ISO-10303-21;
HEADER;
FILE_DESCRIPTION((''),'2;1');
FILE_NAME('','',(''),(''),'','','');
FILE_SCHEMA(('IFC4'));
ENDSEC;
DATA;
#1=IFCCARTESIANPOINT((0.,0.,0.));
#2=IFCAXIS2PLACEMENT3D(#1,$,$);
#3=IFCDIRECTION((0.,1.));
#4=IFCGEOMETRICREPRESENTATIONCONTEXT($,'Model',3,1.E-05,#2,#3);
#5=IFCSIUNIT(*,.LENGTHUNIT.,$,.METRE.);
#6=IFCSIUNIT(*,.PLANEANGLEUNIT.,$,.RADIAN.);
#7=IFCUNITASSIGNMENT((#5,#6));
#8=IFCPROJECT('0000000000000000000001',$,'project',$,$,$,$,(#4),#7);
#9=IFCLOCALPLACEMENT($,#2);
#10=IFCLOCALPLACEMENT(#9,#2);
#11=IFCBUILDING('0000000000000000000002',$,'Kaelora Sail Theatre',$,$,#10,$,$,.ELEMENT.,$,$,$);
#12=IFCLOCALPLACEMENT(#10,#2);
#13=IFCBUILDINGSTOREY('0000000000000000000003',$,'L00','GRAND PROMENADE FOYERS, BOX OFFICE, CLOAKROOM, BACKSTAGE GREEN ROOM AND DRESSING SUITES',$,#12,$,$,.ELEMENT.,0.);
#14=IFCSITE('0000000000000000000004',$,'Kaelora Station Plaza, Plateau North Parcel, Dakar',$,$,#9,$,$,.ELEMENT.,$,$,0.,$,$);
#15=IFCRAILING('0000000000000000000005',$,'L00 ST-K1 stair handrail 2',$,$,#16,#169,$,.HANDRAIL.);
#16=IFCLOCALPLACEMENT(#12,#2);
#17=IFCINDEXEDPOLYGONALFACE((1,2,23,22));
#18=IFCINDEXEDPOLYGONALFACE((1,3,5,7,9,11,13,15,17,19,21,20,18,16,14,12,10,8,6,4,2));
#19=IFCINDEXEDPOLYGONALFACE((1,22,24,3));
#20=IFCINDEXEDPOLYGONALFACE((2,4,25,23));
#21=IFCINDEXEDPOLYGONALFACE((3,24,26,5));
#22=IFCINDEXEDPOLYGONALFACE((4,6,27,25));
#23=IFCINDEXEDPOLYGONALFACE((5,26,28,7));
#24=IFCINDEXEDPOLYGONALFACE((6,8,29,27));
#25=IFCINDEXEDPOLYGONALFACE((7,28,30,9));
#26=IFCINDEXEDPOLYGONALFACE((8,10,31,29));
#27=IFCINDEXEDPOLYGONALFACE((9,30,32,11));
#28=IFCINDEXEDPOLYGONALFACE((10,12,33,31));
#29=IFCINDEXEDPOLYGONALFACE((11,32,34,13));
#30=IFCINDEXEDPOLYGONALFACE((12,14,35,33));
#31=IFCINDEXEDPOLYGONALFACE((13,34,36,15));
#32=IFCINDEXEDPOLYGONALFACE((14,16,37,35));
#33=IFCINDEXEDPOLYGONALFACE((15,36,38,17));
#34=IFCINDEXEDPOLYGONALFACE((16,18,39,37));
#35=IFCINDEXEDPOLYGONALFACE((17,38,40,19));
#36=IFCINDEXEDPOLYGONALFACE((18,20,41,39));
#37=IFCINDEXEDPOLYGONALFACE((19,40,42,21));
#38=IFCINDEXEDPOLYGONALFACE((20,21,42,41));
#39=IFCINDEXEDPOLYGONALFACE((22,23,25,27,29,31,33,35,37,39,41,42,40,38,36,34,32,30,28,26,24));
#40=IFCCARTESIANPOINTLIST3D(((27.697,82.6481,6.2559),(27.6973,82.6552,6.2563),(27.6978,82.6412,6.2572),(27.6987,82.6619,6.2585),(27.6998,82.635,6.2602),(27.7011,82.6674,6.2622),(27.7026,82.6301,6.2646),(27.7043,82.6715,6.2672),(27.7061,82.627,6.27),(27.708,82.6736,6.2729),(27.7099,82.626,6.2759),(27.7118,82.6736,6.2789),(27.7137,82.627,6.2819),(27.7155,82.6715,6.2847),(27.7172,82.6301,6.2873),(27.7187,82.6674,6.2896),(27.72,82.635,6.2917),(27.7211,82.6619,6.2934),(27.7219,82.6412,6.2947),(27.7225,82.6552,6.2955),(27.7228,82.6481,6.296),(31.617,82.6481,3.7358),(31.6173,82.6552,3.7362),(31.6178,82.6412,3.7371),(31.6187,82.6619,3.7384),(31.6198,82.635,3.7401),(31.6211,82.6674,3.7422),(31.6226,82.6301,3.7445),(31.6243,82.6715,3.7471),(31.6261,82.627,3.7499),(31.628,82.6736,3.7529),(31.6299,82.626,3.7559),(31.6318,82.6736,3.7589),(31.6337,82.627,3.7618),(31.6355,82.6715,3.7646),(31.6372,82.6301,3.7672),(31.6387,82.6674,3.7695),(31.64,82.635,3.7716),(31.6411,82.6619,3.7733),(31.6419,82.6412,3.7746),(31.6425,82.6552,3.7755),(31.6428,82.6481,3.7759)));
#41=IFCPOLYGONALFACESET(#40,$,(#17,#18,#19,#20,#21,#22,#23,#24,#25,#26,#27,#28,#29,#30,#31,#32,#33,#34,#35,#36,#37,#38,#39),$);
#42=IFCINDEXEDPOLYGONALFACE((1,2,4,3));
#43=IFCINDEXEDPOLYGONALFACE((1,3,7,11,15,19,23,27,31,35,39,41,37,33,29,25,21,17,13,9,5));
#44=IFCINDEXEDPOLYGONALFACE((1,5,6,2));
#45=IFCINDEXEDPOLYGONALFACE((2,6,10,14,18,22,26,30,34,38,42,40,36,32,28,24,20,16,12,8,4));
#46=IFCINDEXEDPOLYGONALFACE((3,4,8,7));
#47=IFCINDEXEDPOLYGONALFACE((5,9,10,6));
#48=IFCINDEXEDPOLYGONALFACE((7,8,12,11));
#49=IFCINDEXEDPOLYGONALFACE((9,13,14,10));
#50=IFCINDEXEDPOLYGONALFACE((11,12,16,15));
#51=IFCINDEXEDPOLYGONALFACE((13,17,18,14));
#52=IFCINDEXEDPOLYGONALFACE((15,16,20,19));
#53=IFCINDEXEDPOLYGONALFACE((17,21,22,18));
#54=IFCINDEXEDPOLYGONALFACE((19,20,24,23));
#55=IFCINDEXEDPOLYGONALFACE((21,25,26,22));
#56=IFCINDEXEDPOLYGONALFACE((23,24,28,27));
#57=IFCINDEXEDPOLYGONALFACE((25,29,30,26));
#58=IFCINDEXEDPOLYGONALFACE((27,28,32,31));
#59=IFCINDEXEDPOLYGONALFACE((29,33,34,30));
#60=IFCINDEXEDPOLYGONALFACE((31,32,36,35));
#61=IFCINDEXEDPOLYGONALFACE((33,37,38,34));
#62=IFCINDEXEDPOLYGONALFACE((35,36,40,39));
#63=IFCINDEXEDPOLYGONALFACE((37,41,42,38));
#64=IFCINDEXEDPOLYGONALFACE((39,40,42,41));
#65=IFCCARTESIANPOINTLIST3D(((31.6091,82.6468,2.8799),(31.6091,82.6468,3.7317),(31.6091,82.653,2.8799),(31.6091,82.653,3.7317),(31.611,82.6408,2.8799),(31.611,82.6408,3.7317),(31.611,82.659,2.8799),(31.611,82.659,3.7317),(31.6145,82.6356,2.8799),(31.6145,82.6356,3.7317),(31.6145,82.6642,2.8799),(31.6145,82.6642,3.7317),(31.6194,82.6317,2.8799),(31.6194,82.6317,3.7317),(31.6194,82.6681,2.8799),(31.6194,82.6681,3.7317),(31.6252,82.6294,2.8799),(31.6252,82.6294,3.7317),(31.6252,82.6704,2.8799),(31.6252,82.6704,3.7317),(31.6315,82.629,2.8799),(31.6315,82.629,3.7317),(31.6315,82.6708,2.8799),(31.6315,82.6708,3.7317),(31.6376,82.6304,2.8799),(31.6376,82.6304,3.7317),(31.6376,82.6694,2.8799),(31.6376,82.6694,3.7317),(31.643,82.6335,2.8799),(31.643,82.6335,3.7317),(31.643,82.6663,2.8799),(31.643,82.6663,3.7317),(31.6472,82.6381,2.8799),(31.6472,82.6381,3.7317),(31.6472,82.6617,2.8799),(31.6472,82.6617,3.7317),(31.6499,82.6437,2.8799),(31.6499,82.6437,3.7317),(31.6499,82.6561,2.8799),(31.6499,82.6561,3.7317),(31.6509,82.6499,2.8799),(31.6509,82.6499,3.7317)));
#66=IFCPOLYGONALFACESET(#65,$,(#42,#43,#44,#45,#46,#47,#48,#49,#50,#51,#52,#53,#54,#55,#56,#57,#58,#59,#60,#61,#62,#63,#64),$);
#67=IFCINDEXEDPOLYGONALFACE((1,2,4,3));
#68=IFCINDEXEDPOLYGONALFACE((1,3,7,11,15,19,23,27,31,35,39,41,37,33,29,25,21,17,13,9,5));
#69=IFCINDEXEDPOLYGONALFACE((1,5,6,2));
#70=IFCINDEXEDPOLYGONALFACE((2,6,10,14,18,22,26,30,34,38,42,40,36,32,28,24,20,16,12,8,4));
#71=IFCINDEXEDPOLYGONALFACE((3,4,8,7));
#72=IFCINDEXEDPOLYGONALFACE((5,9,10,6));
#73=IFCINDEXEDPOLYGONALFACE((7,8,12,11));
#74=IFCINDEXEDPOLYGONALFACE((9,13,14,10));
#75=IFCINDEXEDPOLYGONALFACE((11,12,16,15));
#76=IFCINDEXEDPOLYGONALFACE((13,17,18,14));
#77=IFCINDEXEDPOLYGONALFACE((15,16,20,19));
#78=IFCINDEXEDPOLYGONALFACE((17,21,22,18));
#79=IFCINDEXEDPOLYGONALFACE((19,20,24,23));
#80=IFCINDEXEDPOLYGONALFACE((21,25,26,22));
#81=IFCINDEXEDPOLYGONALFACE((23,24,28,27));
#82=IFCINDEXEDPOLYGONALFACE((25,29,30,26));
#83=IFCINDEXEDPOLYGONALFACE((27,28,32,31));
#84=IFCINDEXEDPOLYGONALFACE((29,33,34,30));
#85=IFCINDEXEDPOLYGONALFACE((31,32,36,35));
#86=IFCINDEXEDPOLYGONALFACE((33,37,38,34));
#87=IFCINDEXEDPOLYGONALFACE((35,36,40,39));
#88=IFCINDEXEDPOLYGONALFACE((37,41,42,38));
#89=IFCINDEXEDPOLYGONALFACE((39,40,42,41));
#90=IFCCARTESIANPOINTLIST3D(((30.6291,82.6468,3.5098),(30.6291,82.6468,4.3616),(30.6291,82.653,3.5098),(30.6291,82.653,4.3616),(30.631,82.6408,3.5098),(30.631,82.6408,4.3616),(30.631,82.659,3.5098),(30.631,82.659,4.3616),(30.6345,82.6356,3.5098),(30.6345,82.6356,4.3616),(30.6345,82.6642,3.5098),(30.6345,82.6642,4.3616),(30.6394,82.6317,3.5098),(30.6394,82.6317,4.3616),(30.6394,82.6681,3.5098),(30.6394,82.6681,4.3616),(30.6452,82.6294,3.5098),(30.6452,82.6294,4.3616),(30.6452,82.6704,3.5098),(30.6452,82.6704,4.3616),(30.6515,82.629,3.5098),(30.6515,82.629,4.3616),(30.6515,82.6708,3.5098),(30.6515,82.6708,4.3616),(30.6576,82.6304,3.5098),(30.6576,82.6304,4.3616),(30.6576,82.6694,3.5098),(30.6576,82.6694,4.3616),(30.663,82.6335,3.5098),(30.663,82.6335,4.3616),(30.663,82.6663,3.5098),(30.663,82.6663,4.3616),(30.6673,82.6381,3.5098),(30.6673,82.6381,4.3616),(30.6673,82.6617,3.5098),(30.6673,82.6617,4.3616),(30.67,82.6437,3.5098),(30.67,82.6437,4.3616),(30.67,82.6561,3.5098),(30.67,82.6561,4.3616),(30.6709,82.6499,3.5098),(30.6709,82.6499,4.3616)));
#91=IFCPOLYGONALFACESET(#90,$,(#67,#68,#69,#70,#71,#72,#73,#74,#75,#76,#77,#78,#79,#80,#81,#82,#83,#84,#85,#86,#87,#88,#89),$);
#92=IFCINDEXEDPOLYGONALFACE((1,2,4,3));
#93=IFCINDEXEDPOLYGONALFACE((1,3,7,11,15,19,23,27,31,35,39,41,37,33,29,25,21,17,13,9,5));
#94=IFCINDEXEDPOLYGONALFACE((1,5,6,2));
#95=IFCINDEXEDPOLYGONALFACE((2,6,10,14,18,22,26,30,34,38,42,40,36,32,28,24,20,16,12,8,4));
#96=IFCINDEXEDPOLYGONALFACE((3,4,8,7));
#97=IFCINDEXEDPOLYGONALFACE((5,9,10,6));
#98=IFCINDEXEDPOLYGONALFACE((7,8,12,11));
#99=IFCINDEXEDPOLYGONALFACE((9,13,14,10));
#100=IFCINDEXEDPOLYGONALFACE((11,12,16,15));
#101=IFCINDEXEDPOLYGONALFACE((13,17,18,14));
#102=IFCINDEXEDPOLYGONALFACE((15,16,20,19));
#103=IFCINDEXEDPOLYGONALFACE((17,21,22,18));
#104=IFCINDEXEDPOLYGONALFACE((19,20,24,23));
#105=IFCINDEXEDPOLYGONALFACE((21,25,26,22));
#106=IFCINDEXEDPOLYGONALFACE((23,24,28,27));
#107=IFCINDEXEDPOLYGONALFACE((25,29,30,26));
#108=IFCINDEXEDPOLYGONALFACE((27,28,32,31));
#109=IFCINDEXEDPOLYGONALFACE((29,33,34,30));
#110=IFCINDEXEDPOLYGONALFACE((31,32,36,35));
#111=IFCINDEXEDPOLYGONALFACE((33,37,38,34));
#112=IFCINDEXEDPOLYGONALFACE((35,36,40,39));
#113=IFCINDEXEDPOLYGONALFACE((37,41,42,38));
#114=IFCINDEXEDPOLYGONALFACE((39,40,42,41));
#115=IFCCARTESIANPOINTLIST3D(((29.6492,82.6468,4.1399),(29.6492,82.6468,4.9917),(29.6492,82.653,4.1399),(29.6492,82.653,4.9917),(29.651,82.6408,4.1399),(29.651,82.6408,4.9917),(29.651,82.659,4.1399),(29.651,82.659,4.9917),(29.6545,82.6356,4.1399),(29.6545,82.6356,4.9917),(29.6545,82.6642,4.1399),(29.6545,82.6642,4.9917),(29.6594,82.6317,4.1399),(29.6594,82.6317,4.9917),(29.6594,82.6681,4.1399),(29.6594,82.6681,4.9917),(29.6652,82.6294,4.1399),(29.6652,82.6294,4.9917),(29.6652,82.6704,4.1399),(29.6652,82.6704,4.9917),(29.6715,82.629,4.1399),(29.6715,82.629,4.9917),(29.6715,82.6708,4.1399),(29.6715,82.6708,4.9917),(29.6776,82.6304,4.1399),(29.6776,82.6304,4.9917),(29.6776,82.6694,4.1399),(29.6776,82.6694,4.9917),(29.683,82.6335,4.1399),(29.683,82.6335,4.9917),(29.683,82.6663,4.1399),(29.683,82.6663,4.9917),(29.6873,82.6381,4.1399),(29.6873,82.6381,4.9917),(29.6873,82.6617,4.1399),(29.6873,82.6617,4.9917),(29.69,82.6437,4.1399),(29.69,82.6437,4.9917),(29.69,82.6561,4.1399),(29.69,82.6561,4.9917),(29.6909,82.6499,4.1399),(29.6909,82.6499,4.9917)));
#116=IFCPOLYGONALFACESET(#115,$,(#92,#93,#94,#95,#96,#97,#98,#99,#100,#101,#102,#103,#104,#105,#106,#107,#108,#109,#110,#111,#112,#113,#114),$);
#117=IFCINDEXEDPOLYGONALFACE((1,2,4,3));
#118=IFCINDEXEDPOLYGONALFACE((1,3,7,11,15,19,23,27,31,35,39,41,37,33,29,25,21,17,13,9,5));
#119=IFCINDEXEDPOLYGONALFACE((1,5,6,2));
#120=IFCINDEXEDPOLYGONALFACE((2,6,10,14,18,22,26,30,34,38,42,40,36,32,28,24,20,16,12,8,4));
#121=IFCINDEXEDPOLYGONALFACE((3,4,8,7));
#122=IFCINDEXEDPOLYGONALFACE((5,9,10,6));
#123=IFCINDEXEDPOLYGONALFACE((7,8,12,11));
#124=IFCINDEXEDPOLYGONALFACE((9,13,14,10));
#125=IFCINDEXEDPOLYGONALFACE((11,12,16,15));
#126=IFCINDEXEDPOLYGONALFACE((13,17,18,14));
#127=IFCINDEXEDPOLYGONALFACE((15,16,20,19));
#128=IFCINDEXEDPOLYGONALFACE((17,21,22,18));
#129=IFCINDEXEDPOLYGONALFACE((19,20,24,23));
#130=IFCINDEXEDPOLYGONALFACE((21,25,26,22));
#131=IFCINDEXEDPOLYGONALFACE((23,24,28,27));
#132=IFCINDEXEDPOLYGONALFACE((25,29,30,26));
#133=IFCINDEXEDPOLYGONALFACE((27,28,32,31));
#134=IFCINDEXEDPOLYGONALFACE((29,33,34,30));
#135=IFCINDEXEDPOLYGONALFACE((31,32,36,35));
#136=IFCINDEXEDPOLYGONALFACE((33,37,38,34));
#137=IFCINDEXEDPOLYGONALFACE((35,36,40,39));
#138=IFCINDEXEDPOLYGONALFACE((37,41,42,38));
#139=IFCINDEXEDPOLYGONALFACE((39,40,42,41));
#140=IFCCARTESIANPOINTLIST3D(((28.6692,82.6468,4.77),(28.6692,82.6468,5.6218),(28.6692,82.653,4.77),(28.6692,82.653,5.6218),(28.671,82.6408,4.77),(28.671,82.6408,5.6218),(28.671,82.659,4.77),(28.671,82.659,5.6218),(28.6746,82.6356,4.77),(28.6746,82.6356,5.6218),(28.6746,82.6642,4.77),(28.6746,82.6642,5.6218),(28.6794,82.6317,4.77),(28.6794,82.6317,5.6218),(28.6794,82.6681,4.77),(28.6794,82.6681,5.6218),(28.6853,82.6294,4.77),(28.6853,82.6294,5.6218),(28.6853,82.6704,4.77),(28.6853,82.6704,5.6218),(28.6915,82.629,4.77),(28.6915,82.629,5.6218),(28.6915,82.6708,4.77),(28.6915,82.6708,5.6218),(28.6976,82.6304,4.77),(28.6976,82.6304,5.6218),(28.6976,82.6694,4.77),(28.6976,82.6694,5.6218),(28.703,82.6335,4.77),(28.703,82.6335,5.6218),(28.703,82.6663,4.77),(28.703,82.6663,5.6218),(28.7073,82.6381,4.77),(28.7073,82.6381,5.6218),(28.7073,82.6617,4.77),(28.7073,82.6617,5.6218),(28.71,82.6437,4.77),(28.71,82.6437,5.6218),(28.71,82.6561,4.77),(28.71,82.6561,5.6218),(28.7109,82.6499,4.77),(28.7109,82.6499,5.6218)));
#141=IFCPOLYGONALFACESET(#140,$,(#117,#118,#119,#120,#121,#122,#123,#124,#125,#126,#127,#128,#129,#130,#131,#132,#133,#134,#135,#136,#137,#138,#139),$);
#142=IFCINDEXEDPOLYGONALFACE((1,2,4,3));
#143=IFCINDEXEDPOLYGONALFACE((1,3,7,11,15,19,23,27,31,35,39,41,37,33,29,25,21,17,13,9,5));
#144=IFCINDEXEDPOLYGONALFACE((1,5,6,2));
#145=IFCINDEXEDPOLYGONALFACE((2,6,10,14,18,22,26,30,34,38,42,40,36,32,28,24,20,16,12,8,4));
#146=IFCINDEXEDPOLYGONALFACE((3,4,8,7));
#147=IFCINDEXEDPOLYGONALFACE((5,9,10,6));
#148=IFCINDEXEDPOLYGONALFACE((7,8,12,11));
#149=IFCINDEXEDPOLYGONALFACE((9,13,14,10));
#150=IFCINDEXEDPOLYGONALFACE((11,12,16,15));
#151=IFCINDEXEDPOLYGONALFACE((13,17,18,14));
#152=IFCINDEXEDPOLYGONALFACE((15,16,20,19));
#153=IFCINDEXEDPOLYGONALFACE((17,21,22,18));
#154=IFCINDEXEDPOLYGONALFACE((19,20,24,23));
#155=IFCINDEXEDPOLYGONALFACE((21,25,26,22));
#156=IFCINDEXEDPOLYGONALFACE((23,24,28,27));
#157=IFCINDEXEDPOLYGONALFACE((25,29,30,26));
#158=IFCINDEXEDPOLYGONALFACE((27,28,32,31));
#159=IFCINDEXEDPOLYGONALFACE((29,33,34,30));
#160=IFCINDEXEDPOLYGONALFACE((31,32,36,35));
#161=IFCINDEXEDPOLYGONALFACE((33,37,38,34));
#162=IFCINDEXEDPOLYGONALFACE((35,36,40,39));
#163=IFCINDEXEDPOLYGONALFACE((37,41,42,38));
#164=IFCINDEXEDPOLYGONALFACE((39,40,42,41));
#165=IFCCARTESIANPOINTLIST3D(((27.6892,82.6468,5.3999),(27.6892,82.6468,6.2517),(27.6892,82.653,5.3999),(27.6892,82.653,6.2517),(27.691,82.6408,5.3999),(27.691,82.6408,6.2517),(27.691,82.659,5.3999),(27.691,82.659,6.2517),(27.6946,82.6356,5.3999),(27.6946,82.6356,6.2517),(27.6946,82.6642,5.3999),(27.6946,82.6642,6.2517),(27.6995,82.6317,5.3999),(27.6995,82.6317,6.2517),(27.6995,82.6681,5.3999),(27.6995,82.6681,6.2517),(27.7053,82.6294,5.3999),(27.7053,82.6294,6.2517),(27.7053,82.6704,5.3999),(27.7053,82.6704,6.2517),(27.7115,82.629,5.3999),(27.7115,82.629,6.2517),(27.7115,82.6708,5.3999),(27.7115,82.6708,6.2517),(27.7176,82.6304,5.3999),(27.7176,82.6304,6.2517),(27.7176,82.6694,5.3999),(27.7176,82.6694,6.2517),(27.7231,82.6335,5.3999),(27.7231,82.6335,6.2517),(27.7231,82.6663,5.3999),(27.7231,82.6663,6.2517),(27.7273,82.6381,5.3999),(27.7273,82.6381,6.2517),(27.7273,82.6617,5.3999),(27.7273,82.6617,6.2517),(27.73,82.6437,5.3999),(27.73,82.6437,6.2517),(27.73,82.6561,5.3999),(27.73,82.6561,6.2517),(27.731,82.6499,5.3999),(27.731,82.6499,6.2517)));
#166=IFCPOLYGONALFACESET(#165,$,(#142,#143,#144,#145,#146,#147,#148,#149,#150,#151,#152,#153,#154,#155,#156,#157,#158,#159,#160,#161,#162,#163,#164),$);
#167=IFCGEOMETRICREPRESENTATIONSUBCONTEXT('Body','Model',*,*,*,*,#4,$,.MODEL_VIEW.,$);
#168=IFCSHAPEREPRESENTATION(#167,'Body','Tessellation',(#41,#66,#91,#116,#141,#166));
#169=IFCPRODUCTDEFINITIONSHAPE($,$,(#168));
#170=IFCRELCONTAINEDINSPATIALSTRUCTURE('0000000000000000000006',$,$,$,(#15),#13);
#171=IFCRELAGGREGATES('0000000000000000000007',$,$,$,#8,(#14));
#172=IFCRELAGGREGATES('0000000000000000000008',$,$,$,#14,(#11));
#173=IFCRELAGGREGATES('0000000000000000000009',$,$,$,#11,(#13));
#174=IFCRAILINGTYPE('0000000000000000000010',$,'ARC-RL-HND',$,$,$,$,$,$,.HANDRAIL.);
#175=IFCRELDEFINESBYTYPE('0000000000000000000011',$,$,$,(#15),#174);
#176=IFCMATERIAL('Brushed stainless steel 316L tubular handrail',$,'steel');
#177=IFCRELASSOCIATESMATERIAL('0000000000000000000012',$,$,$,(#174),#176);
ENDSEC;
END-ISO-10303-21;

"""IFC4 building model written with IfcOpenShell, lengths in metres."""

from ifc_helpers import new_model, si_unit, direction, frame, origin, origin_2d, place, context, subcontext, project, spatial, circle, extrude, material, type_object, element, save


model = new_model("IFC4")

# Units and contexts
model_context = context("Model", 3, precision=1e-05, world=origin(), true_north=direction((0.0, 1.0)))
body_context = subcontext(model_context, "Body", "Model", "MODEL_VIEW")
ifc_project = project(units=[si_unit("LENGTHUNIT", "METRE"), si_unit("PLANEANGLEUNIT", "RADIAN")], contexts=[model_context])

# Site, building, storey
site_placement = place(None, origin())
site = spatial("IfcSite", under=ifc_project, at=site_placement, Name="Kaelora Station Plaza, Plateau North Parcel, Dakar", CompositionType="ELEMENT", RefElevation=0.0)
building_placement = place(site_placement, origin())
building = spatial("IfcBuilding", under=site, at=building_placement, Name="Kaelora Sail Theatre", CompositionType="ELEMENT")
storey_placement = place(building_placement, origin())
storey = spatial("IfcBuildingStorey", under=building, at=storey_placement, Name="L00", Description="GRAND PROMENADE FOYERS, BOX OFFICE, CLOAKROOM, BACKSTAGE GREEN ROOM AND DRESSING SUITES", CompositionType="ELEMENT", Elevation=0.0)

# Railing
ifc_material_1 = material(Name="Brushed stainless steel 316L tubular handrail", Category="steel")
railing_type_1 = type_object("IfcRailingType", Name="ARC-RL-HND", PredefinedType="HANDRAIL", material=ifc_material_1)
railing_1_placement = place(storey_placement, frame((31.6299, 82.6499, 2.8799)))
element("IfcRailing", 1, at=railing_1_placement, inside=storey, type_object=railing_type_1, Name="L00 ST-K1 stair handrail 2", PredefinedType="HANDRAIL", context=body_context, shape_type="SweptSolid", body=[
    extrude(circle(Radius=0.0239, at=origin_2d()), frame((0.0, 0.0, 0.876), z_axis=(-0.841172, 0.0, 0.540768), x_axis=(0.0, -1.0, 0.0)), (0.0, 0.0, 1.0), 4.6602),
    extrude(circle(Radius=0.021, at=origin_2d()), origin(), (0.0, 0.0, 1.0), 0.8518),
    extrude(circle(Radius=0.021, at=origin_2d()), frame((-0.98, 0.0, 0.6299)), (0.0, 0.0, 1.0), 0.8518),
    extrude(circle(Radius=0.021, at=origin_2d()), frame((-1.96, 0.0, 1.26)), (0.0, 0.0, 1.0), 0.8518),
    extrude(circle(Radius=0.021, at=origin_2d()), frame((-2.9399, 0.0, 1.8901)), (0.0, 0.0, 1.0), 0.8518),
    extrude(circle(Radius=0.021, at=origin_2d()), frame((-3.9199, 0.0, 2.52)), (0.0, 0.0, 1.0), 0.8518),
])

save(model, "model.ifc")
